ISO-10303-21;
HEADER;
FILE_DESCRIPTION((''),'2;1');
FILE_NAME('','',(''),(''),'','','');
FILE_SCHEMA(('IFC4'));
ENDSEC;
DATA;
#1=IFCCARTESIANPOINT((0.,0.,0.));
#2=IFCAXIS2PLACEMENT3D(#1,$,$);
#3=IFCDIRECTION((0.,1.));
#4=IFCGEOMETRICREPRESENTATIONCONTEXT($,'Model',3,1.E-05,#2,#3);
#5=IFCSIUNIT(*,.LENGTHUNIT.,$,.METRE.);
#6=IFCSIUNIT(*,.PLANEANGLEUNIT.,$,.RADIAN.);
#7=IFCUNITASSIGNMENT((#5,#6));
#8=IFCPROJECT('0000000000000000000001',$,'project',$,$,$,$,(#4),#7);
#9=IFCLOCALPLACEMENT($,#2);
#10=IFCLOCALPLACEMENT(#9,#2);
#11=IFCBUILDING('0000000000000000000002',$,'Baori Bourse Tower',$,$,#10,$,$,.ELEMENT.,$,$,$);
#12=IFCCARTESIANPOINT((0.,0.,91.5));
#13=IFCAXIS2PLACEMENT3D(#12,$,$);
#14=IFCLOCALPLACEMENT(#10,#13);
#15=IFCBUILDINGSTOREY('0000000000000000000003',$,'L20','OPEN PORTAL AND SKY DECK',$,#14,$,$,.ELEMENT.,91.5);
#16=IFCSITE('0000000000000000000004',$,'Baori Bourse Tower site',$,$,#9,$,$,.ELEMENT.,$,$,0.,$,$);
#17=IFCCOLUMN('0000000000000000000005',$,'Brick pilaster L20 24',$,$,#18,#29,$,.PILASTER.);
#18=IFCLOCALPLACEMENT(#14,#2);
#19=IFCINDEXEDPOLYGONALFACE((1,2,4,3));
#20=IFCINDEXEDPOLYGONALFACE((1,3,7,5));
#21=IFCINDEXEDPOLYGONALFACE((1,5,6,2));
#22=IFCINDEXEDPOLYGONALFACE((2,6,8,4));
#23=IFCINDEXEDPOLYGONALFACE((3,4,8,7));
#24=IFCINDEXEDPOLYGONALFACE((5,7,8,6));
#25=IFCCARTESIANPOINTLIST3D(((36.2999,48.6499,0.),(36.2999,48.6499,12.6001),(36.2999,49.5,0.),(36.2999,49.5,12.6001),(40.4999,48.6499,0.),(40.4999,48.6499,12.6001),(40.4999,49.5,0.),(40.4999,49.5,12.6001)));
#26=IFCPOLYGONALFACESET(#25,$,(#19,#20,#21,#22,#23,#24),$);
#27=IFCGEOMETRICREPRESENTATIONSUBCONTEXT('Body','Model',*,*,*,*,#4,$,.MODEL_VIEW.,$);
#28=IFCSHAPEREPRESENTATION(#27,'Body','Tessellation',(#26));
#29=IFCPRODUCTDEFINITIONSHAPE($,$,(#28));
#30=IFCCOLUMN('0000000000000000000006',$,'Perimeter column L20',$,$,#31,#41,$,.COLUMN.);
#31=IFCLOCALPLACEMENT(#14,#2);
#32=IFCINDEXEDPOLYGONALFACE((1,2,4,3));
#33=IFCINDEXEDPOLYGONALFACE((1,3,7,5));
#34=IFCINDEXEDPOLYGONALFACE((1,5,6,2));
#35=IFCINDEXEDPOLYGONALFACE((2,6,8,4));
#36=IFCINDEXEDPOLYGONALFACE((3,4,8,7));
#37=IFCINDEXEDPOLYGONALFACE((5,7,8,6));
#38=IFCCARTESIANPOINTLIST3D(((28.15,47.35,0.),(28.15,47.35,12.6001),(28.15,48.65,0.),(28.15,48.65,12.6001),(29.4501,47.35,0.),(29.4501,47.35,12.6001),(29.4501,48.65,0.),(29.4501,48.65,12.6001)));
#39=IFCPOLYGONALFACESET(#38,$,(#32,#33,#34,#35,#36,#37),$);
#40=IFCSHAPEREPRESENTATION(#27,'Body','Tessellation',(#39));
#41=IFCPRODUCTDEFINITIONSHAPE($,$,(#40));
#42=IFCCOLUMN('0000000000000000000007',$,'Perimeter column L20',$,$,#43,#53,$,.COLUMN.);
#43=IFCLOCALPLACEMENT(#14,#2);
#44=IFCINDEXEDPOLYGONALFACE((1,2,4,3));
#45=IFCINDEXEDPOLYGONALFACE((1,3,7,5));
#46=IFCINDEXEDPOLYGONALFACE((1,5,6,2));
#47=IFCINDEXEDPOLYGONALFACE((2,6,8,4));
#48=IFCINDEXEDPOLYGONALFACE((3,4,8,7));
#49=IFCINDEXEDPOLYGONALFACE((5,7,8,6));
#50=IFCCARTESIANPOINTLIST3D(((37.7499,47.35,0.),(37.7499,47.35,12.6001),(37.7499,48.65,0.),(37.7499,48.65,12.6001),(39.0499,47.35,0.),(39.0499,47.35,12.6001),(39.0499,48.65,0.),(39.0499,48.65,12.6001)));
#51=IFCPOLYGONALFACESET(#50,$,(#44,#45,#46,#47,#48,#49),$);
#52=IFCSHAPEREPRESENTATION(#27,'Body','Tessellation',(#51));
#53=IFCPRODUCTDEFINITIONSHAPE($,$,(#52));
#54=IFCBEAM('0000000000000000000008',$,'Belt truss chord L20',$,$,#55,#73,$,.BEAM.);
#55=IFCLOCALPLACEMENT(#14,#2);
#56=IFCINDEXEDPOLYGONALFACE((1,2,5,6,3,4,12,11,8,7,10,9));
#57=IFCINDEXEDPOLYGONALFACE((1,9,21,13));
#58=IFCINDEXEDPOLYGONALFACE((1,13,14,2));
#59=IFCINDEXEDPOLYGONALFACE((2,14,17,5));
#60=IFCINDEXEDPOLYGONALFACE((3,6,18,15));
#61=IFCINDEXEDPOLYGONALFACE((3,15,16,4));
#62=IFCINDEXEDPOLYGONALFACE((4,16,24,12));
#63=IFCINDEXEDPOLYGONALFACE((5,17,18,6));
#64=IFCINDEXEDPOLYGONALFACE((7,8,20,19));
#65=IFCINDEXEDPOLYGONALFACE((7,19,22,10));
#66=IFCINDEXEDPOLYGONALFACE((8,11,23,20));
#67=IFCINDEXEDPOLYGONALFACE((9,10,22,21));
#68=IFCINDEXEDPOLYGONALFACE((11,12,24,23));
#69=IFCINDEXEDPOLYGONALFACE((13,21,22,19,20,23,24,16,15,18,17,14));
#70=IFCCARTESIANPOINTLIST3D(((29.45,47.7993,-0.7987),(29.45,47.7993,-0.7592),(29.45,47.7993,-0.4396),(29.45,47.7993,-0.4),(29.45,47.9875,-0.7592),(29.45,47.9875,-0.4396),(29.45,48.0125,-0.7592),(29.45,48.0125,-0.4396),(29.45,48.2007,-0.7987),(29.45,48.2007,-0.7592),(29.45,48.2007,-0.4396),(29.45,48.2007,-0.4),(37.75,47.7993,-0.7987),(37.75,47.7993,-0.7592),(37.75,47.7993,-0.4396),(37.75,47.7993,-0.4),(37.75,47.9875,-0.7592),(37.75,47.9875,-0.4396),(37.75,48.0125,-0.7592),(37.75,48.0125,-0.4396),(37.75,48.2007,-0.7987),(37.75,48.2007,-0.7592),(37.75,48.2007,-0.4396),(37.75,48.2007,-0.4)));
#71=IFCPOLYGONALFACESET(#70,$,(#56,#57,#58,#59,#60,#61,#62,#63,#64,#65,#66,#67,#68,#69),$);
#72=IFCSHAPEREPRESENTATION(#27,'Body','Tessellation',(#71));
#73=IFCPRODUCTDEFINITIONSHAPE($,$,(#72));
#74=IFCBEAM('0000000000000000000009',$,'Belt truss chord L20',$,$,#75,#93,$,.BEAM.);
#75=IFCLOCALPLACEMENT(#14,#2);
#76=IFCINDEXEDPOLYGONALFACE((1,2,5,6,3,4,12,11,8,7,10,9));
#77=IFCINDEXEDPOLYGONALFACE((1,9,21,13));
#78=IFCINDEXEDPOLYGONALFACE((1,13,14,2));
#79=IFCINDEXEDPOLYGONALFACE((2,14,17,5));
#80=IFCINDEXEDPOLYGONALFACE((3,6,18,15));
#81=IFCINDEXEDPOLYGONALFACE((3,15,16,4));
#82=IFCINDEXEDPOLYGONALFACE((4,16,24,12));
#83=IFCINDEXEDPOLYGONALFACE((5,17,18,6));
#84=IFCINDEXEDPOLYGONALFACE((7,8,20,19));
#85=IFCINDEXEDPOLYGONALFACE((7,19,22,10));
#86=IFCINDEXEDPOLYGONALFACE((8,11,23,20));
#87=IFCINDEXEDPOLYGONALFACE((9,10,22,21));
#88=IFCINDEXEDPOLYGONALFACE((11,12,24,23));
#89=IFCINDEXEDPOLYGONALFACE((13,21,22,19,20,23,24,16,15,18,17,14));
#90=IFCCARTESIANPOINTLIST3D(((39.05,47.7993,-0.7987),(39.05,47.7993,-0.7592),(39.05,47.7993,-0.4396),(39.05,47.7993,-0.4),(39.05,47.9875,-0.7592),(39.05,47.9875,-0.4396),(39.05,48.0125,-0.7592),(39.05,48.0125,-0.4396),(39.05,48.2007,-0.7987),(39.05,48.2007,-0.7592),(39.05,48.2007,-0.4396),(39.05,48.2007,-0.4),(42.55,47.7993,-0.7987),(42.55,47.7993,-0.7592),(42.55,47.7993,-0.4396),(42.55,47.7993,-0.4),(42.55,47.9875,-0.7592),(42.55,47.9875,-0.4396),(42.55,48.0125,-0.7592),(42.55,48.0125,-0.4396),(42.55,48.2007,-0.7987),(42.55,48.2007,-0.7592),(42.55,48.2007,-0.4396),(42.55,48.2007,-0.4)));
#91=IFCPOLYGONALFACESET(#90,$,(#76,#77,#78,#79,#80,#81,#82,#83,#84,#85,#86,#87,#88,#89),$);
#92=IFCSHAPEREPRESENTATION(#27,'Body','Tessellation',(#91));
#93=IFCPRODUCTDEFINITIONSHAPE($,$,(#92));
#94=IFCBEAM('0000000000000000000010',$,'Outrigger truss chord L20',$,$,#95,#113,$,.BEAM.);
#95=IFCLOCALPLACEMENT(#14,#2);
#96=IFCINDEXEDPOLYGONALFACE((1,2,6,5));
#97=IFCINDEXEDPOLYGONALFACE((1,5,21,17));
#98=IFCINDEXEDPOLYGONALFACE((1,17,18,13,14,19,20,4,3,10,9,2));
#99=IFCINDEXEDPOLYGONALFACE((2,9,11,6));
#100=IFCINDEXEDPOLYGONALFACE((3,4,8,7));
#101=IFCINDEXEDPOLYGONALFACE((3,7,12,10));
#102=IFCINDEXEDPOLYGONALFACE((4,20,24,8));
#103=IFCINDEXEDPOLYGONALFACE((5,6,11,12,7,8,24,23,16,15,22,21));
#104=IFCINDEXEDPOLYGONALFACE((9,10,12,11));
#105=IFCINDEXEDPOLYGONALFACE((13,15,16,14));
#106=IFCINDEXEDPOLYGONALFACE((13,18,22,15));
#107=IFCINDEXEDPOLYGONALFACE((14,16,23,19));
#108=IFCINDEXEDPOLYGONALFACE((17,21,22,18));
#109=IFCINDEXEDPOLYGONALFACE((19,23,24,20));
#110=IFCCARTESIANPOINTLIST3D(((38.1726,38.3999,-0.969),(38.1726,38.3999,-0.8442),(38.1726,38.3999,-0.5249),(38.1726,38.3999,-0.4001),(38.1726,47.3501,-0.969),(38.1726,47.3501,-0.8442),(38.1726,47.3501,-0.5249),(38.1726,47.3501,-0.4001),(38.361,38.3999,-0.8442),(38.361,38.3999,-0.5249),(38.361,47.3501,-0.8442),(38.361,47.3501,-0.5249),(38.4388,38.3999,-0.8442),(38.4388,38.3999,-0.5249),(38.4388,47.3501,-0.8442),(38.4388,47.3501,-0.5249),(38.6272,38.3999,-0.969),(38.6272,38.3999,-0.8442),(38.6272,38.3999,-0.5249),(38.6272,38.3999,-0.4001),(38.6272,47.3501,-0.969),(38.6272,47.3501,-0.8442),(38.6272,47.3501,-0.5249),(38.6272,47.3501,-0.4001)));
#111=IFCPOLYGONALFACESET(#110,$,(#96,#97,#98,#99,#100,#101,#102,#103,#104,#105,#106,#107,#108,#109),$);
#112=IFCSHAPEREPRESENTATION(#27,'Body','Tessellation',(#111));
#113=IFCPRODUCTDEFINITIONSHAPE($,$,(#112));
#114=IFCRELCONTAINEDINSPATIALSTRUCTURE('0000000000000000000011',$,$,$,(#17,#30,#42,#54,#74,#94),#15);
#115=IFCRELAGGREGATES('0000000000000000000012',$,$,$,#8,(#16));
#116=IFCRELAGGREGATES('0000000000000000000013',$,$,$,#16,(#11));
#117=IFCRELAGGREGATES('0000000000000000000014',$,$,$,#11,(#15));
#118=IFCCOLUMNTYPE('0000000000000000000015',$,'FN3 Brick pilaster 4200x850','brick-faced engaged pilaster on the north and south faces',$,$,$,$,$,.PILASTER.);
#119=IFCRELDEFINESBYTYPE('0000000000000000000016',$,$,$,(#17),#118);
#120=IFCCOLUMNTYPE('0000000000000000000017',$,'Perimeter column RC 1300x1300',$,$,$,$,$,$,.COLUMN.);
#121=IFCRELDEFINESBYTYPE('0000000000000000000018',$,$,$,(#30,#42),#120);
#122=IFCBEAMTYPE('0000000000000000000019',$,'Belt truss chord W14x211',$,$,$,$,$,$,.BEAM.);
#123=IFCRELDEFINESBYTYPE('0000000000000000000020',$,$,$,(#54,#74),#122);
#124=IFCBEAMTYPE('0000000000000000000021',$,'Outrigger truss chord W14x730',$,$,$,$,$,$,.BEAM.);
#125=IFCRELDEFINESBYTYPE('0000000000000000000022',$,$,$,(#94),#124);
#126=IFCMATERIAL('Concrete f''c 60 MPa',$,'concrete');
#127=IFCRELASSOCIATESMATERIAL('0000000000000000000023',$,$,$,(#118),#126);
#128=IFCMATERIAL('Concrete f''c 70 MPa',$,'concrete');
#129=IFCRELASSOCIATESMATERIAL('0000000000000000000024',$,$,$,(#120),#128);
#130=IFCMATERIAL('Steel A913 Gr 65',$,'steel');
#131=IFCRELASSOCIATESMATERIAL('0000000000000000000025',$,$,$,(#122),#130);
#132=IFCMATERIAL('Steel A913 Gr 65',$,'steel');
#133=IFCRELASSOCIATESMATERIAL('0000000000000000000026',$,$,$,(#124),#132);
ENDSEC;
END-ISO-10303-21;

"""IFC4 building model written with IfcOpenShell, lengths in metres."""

from ifc_helpers import new_model, si_unit, direction, frame, origin, origin_2d, place, context, subcontext, project, spatial, rectangle, i_section, extrude, material, material_profile, profile_set, type_object, element, save


model = new_model("IFC4")

# Units and contexts
model_context = context("Model", 3, precision=1e-05, world=origin(), true_north=direction((0.0, 1.0)))
body_context = subcontext(model_context, "Body", "Model", "MODEL_VIEW")
ifc_project = project(units=[si_unit("LENGTHUNIT", "METRE"), si_unit("PLANEANGLEUNIT", "RADIAN")], contexts=[model_context])

# Site, building, storey
site_placement = place(None, origin())
site = spatial("IfcSite", under=ifc_project, at=site_placement, Name="Baori Bourse Tower site", CompositionType="ELEMENT", RefElevation=0.0)
building_placement = place(site_placement, origin())
building = spatial("IfcBuilding", under=site, at=building_placement, Name="Baori Bourse Tower", CompositionType="ELEMENT")
storey_placement = place(building_placement, frame((0.0, 0.0, 91.5)))
storey = spatial("IfcBuildingStorey", under=building, at=storey_placement, Name="L20", Description="OPEN PORTAL AND SKY DECK", CompositionType="ELEMENT", Elevation=91.5)

# Columns
ifc_material_1 = material(Name="Concrete f'c 60 MPa", Category="concrete")
ifc_material_profile_1 = material_profile(ifc_material_1, rectangle(XDim=4.2, YDim=0.8501, at=origin_2d()), Name="RC 4200x850")
ifc_profile_set_1 = profile_set([ifc_material_profile_1], Name="Concrete f'c 60 MPa")
column_type_1 = type_object("IfcColumnType", Name="FN3 Brick pilaster 4200x850", Description="brick-faced engaged pilaster on the north and south faces", PredefinedType="PILASTER", material=ifc_profile_set_1)
column_placement = place(storey_placement, frame((38.3999, 49.075, 0.0), z_axis=(0.0, 0.0, 1.0), x_axis=(1.0, 0.0, 0.0)))
element("IfcColumn", 1, at=column_placement, inside=storey, type_object=column_type_1, Name="Brick pilaster L20 24", PredefinedType="PILASTER", context=body_context, shape_type="SweptSolid", body=[
    extrude(rectangle(XDim=4.2, YDim=0.8501, at=origin_2d()), origin(), (0.0, 0.0, 1.0), 12.6001),
])
ifc_material_2 = material(Name="Concrete f'c 70 MPa", Category="concrete")
ifc_material_profile_2 = material_profile(ifc_material_2, rectangle(XDim=1.3, YDim=1.3, at=origin_2d()), Name="RC 1300x1300")
ifc_profile_set_2 = profile_set([ifc_material_profile_2], Name="Concrete f'c 70 MPa")
column_type_2 = type_object("IfcColumnType", Name="Perimeter column RC 1300x1300", PredefinedType="COLUMN", material=ifc_profile_set_2)
for number, where, z_axis, x_axis, name in (
    (2, (28.8, 48.0, 0.0), (0.0, 0.0, 1.0), (1.0, 0.0, 0.0), "Perimeter column L20"),
    (3, (38.3999, 48.0, 0.0), (0.0, 0.0, 1.0), (1.0, 0.0, 0.0), "Perimeter column L20"),
):
    element("IfcColumn", number, at=place(storey_placement, frame(where, z_axis=z_axis, x_axis=x_axis)), inside=storey, type_object=column_type_2, Name=name, PredefinedType="COLUMN", context=body_context, shape_type="SweptSolid", body=[
        extrude(rectangle(XDim=1.3, YDim=1.3, at=origin_2d()), origin(), (0.0, 0.0, 1.0), 12.6001),
    ])

# Beams
ifc_material_3 = material(Name="Steel A913 Gr 65", Category="steel")
ifc_material_profile_3 = material_profile(ifc_material_3, i_section(OverallWidth=0.4014, OverallDepth=0.3987, WebThickness=0.0249, FlangeThickness=0.0396, at=origin_2d()), Name="W14x211")
ifc_profile_set_3 = profile_set([ifc_material_profile_3], Name="Steel A913 Gr 65")
beam_type_1 = type_object("IfcBeamType", Name="Belt truss chord W14x211", PredefinedType="BEAM", material=ifc_profile_set_3)
beam_1_placement = place(storey_placement, frame((29.45, 48.0, -0.5994), z_axis=(1.0, 0.0, 0.0), x_axis=(0.0, 1.0, 0.0)))
element("IfcBeam", 4, at=beam_1_placement, inside=storey, type_object=beam_type_1, Name="Belt truss chord L20", PredefinedType="BEAM", context=body_context, shape_type="SweptSolid", body=[
    extrude(i_section(OverallWidth=0.4014, OverallDepth=0.3987, WebThickness=0.0249, FlangeThickness=0.0396, at=origin_2d()), origin(), (0.0, 0.0, 1.0), 8.3),
])
beam_2_placement = place(storey_placement, frame((39.05, 48.0, -0.5994), z_axis=(1.0, 0.0, 0.0), x_axis=(0.0, 1.0, 0.0)))
element("IfcBeam", 5, at=beam_2_placement, inside=storey, type_object=beam_type_1, Name="Belt truss chord L20", PredefinedType="BEAM", context=body_context, shape_type="SweptSolid", body=[
    extrude(i_section(OverallWidth=0.4014, OverallDepth=0.3987, WebThickness=0.0249, FlangeThickness=0.0396, at=origin_2d()), origin(), (0.0, 0.0, 1.0), 3.5),
])
ifc_material_4 = material(Name="Steel A913 Gr 65", Category="steel")
ifc_material_profile_4 = material_profile(ifc_material_4, i_section(OverallWidth=0.4546, OverallDepth=0.5688, WebThickness=0.0779, FlangeThickness=0.1248, at=origin_2d()), Name="W14x730")
ifc_profile_set_4 = profile_set([ifc_material_profile_4], Name="Steel A913 Gr 65")
beam_type_2 = type_object("IfcBeamType", Name="Outrigger truss chord W14x730", PredefinedType="BEAM", material=ifc_profile_set_4)
beam_3_placement = place(storey_placement, frame((38.3999, 38.3999, -0.6846), z_axis=(0.0, 1.0, 0.0), x_axis=(-1.0, 0.0, 0.0)))
element("IfcBeam", 6, at=beam_3_placement, inside=storey, type_object=beam_type_2, Name="Outrigger truss chord L20", PredefinedType="BEAM", context=body_context, shape_type="SweptSolid", body=[
    extrude(i_section(OverallWidth=0.4546, OverallDepth=0.5688, WebThickness=0.0779, FlangeThickness=0.1248, at=origin_2d()), origin(), (0.0, 0.0, 1.0), 8.9502),
])

save(model, "model.ifc")
